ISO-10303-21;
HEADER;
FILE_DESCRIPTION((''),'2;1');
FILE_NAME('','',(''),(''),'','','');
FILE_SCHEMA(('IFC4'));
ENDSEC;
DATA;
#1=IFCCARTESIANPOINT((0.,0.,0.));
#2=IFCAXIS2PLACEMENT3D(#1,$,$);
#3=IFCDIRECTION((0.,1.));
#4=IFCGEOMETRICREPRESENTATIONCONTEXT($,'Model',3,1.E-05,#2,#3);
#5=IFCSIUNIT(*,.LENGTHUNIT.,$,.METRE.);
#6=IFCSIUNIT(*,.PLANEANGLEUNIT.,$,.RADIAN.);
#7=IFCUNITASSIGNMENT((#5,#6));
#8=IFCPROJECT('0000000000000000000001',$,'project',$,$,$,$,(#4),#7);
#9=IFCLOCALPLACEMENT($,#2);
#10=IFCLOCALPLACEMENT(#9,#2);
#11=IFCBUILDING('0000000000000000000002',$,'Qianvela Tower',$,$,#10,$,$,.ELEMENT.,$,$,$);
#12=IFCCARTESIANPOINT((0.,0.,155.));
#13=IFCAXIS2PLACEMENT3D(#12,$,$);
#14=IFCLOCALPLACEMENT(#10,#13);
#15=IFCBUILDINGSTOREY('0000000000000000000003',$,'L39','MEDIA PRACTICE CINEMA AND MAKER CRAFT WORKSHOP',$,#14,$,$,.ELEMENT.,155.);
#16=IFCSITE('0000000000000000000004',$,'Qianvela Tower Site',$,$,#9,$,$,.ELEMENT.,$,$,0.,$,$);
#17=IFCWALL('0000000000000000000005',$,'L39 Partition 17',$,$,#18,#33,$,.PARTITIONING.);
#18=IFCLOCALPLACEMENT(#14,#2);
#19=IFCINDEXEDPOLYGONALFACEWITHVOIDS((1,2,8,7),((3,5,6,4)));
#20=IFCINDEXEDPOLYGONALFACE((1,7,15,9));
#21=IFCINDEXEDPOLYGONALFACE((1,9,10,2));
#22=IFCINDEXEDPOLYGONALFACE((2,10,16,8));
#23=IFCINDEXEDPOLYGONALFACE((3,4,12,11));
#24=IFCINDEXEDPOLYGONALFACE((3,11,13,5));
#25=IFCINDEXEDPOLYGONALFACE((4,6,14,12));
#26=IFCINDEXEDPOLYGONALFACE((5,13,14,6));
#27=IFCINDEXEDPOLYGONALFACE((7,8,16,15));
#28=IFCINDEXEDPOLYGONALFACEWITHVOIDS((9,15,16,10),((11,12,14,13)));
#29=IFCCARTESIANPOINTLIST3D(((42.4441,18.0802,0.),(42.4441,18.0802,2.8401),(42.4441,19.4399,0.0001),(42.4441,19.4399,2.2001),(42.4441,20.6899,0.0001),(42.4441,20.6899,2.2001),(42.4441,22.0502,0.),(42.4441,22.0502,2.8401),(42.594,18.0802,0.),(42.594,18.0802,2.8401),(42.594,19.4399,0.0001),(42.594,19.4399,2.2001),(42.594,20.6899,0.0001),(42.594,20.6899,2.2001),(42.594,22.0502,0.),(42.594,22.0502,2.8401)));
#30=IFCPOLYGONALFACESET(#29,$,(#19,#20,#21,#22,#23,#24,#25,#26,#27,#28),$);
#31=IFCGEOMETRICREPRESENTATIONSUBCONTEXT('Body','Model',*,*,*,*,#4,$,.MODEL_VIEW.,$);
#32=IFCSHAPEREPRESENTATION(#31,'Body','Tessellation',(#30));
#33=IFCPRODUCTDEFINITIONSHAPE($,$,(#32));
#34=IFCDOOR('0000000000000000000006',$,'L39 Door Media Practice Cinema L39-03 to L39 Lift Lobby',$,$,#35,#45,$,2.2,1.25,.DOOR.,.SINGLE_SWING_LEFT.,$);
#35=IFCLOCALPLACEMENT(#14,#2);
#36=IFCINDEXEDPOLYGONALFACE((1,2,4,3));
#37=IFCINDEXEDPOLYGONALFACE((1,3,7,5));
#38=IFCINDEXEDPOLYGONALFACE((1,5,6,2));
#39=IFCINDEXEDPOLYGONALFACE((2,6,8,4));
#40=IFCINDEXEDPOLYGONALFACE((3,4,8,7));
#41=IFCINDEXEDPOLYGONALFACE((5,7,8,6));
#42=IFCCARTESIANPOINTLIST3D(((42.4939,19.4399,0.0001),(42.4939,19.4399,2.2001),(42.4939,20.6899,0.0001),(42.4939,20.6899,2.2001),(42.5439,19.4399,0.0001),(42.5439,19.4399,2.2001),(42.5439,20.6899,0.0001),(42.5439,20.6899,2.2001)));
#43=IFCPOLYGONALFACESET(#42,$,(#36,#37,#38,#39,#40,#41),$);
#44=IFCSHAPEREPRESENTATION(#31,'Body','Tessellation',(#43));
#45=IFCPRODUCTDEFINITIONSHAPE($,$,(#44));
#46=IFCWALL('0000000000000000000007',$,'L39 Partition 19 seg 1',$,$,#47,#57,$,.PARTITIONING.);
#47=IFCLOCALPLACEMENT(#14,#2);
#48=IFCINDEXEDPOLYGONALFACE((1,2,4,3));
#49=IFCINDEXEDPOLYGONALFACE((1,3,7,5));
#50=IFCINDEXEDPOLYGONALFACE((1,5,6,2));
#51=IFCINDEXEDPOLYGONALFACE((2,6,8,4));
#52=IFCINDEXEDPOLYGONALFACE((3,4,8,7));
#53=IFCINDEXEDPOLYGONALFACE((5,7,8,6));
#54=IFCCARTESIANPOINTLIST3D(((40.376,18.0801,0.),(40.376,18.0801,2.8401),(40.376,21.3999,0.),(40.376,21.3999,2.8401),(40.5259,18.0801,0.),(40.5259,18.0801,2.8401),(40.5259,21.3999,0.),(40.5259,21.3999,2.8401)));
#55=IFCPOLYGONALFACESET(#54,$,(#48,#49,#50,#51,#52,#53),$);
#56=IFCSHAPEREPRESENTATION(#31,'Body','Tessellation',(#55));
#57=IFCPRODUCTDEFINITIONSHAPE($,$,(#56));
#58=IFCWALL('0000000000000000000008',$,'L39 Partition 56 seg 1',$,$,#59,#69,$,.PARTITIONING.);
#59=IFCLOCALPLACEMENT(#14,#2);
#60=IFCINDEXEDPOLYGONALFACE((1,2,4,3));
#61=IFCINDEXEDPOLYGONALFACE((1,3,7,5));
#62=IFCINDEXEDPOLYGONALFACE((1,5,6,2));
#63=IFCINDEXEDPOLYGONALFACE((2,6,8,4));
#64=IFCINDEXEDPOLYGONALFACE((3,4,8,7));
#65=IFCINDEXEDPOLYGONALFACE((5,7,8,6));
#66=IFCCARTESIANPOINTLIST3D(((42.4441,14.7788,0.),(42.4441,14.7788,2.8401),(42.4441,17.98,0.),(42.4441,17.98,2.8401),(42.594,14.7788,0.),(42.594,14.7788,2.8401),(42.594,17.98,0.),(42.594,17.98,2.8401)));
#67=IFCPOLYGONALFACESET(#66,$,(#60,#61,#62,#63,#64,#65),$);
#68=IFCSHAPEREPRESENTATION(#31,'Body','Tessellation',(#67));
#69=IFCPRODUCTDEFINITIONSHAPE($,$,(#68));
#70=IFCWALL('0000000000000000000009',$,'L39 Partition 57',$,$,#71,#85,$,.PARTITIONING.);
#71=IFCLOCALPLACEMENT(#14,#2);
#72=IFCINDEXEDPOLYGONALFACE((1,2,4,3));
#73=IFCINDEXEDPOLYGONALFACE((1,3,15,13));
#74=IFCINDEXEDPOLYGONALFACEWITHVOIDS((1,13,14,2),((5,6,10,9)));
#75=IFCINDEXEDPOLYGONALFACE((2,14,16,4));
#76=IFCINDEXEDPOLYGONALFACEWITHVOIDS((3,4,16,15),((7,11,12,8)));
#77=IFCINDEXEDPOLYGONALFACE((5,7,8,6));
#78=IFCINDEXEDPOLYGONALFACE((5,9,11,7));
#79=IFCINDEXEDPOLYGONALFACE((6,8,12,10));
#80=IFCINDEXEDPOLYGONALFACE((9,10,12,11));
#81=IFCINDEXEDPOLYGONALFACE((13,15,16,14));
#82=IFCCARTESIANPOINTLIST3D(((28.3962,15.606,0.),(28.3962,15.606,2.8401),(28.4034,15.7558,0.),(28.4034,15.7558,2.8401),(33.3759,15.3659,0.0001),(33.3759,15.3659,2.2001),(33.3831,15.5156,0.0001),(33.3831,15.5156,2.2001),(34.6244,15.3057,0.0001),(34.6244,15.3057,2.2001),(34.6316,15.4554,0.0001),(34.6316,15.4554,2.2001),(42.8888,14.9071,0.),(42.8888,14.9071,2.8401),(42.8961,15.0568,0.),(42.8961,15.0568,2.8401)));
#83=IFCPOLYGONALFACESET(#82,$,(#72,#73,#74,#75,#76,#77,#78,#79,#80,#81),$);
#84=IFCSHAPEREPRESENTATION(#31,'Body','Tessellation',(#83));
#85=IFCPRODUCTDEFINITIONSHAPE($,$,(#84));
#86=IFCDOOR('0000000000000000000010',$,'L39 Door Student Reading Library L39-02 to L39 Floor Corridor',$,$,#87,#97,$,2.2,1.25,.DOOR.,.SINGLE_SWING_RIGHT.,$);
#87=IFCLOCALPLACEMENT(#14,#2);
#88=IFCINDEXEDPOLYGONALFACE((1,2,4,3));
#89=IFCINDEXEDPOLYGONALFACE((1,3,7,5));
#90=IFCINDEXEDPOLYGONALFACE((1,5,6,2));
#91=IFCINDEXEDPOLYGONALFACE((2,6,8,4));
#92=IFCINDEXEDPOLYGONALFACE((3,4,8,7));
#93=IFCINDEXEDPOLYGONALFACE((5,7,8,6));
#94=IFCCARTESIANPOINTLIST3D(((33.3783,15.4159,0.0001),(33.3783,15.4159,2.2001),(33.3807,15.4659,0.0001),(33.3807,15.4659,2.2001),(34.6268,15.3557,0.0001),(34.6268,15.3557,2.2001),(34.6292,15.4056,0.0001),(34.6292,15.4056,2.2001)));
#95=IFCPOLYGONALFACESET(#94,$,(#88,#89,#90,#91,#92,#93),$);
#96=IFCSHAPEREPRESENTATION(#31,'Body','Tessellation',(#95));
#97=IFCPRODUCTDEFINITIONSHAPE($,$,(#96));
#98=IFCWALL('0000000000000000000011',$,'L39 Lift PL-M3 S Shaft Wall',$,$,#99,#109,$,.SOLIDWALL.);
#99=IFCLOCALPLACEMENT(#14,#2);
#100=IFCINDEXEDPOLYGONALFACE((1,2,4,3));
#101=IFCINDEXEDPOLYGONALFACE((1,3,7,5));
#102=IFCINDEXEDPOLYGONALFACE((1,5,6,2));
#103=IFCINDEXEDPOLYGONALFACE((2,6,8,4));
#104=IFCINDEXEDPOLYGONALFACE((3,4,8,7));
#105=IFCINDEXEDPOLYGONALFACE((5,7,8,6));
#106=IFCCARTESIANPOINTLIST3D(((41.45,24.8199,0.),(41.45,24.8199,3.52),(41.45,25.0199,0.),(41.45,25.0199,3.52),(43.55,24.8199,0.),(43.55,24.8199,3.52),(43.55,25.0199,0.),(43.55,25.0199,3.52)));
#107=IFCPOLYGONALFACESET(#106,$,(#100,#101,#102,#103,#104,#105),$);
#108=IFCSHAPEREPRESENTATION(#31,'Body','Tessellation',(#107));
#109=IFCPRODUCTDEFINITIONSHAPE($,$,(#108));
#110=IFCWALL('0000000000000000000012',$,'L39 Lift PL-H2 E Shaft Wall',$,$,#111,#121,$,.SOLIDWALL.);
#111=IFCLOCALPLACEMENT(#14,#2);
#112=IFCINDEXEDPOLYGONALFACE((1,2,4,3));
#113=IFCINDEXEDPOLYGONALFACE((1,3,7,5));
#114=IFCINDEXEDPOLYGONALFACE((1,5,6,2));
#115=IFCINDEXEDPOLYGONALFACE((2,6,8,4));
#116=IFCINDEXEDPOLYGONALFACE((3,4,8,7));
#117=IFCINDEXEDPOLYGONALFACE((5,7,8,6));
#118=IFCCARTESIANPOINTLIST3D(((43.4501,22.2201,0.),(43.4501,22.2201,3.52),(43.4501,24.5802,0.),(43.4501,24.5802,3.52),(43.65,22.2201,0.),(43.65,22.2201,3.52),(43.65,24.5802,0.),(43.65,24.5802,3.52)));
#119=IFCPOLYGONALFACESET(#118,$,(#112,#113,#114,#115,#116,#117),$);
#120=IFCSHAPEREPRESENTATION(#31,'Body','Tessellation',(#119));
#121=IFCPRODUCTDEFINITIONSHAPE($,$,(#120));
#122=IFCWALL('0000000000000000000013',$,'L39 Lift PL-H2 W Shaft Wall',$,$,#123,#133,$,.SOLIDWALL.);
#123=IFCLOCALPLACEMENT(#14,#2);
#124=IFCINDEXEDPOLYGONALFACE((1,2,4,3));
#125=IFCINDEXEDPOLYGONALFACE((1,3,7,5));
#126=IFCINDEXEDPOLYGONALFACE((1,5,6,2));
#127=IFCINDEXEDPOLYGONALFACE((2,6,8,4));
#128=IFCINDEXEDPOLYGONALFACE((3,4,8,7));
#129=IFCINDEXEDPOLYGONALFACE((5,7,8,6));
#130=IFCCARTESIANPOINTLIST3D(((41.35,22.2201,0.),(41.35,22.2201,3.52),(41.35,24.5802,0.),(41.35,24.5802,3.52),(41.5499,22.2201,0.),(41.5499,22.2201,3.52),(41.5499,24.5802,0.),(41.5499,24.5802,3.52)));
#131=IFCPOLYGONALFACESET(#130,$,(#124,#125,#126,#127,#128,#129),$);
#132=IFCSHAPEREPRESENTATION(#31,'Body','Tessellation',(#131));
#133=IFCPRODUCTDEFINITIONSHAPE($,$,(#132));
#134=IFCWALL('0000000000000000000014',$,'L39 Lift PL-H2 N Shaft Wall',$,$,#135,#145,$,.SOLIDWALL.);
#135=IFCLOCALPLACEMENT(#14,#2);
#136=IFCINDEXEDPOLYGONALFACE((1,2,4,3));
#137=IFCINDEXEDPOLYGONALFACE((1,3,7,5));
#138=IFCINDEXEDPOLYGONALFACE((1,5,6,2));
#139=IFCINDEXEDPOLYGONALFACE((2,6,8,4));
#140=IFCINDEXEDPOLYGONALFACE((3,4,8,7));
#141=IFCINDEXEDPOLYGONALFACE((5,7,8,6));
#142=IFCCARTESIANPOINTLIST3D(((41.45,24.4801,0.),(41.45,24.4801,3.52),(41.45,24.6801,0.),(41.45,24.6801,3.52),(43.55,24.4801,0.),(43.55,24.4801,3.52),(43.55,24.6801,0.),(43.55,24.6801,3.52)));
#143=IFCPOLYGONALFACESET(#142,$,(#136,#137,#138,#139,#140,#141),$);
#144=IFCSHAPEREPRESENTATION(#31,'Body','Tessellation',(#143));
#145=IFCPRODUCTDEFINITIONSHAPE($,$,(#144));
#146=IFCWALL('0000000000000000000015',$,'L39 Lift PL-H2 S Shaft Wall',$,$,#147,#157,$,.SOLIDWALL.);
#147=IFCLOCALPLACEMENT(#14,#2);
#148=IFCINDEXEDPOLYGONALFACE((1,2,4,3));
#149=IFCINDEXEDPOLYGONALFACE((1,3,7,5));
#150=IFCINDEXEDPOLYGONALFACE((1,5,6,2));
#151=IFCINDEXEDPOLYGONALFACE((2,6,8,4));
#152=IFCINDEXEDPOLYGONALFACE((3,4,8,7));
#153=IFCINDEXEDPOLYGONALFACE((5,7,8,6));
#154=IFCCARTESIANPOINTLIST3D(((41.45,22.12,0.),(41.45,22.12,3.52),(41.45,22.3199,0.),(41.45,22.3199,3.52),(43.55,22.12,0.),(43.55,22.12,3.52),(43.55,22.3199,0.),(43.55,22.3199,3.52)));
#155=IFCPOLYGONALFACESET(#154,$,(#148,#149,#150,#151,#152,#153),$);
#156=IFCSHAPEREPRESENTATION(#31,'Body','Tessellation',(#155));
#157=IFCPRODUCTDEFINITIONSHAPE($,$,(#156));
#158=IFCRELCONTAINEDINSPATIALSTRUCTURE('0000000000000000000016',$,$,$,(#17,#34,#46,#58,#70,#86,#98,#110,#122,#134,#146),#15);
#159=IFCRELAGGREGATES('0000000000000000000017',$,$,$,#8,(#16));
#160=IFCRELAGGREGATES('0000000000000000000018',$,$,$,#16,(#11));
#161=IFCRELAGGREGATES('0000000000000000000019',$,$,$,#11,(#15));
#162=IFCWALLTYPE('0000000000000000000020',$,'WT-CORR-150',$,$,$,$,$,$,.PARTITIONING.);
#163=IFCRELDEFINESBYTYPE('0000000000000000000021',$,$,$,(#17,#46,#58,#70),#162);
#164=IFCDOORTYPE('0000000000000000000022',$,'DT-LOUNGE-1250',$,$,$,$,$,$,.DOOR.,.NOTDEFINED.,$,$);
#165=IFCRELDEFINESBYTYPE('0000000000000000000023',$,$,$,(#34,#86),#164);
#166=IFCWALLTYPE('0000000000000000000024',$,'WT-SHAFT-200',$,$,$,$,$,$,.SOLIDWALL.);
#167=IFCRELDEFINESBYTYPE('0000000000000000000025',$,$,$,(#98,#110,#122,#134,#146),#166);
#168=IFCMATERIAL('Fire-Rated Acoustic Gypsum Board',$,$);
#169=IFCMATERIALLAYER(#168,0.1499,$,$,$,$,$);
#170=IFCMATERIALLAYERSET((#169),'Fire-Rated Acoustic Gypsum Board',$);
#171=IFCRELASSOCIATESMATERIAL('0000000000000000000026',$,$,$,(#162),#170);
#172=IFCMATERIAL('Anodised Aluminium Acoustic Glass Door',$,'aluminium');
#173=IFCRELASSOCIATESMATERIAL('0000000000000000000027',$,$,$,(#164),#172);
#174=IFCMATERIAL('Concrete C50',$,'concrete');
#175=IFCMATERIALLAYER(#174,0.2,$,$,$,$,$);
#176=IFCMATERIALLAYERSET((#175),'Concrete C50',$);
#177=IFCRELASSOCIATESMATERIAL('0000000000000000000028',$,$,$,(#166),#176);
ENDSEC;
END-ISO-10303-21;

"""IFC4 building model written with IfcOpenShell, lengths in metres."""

from ifc_helpers import new_model, si_unit, direction, frame, frame_2d, origin, place, context, subcontext, project, spatial, rectangle, extrude, material, layer, layer_set, type_object, element, fill, save


model = new_model("IFC4")

# Units and contexts
model_context = context("Model", 3, precision=1e-05, world=origin(), true_north=direction((0.0, 1.0)))
body_context = subcontext(model_context, "Body", "Model", "MODEL_VIEW")
ifc_project = project(units=[si_unit("LENGTHUNIT", "METRE"), si_unit("PLANEANGLEUNIT", "RADIAN")], contexts=[model_context])

# Site, building, storey
site_placement = place(None, origin())
site = spatial("IfcSite", under=ifc_project, at=site_placement, Name="Qianvela Tower Site", CompositionType="ELEMENT", RefElevation=0.0)
building_placement = place(site_placement, origin())
building = spatial("IfcBuilding", under=site, at=building_placement, Name="Qianvela Tower", CompositionType="ELEMENT")
storey_placement = place(building_placement, frame((0.0, 0.0, 155.0)))
storey = spatial("IfcBuildingStorey", under=building, at=storey_placement, Name="L39", Description="MEDIA PRACTICE CINEMA AND MAKER CRAFT WORKSHOP", CompositionType="ELEMENT", Elevation=155.0)

# Shared definitions
ifc_material_1 = material(Name="Fire-Rated Acoustic Gypsum Board")
ifc_layer_1 = layer(ifc_material_1, 0.1499)
ifc_layer_set_1 = layer_set([ifc_layer_1], Name="Fire-Rated Acoustic Gypsum Board")
wall_type_1 = type_object("IfcWallType", Name="WT-CORR-150", PredefinedType="PARTITIONING", material=ifc_layer_set_1)

# Wall, opening, door
wall_1_placement = place(storey_placement, frame((42.519, 22.05, 0.0), z_axis=(0.0, 0.0, 1.0), x_axis=(0.0, -1.0, 0.0)))
wall_1 = element("IfcWall", 1, at=wall_1_placement, inside=storey, type_object=wall_type_1, Name="L39 Partition 17", PredefinedType="PARTITIONING", context=body_context, shape_type="SweptSolid", body=[
    extrude(rectangle(XDim=3.97, YDim=0.1499, at=frame_2d((1.9849, 0.0))), origin(), (0.0, 0.0, 1.0), 2.8401),
])
opening_1_placement = place(wall_1_placement, frame((1.3601, 0.0, 0.0)))
opening_1 = element("IfcOpeningElement", 2, at=opening_1_placement, cuts=wall_1, PredefinedType="OPENING", context=body_context, shape_type="SweptSolid", body=[
    extrude(rectangle(XDim=1.25, YDim=2.2, at=frame_2d((0.625, 1.1001))), frame((0.0, 0.085, 0.0), z_axis=(0.0, -1.0, 0.0), x_axis=(1.0, 0.0, 0.0)), (0.0, 0.0, 1.0), 0.1699),
])
ifc_material_2 = material(Name="Anodised Aluminium Acoustic Glass Door", Category="aluminium")
door_type_1 = type_object("IfcDoorType", Name="DT-LOUNGE-1250", OperationType="NOTDEFINED", PredefinedType="DOOR", material=ifc_material_2)
door_1_placement = place(opening_1_placement, origin())
door_1 = element("IfcDoor", 3, at=door_1_placement, inside=storey, type_object=door_type_1, Name="L39 Door Media Practice Cinema L39-03 to L39 Lift Lobby", OperationType="SINGLE_SWING_LEFT", OverallHeight=2.2, OverallWidth=1.25, PredefinedType="DOOR", context=body_context, shape_type="SweptSolid", body=[
    extrude(rectangle(XDim=1.25, YDim=2.2, at=frame_2d((0.625, 1.1001))), frame((0.0, 0.0249, 0.0), z_axis=(0.0, -1.0, 0.0), x_axis=(1.0, 0.0, 0.0)), (0.0, 0.0, 1.0), 0.05),
])
fill(opening_1, door_1)

# Walls
wall_2_placement = place(storey_placement, frame((40.4509, 18.0801, 0.0), z_axis=(0.0, 0.0, 1.0), x_axis=(0.0, 1.0, 0.0)))
element("IfcWall", 4, at=wall_2_placement, inside=storey, type_object=wall_type_1, Name="L39 Partition 19 seg 1", PredefinedType="PARTITIONING", context=body_context, shape_type="SweptSolid", body=[
    extrude(rectangle(XDim=3.3198, YDim=0.1499, at=frame_2d((1.6599, 0.0))), origin(), (0.0, 0.0, 1.0), 2.8401),
])
wall_3_placement = place(storey_placement, frame((42.519, 17.98, 0.0), z_axis=(0.0, 0.0, 1.0), x_axis=(0.0, -1.0, 0.0)))
element("IfcWall", 5, at=wall_3_placement, inside=storey, type_object=wall_type_1, Name="L39 Partition 56 seg 1", PredefinedType="PARTITIONING", context=body_context, shape_type="SweptSolid", body=[
    extrude(rectangle(XDim=3.2012, YDim=0.1499, at=frame_2d((1.6006, 0.0))), origin(), (0.0, 0.0, 1.0), 2.8401),
])

# Wall, opening, door
wall_4_placement = place(storey_placement, frame((42.8926, 14.9819, 0.0), z_axis=(0.0, 0.0, 1.0), x_axis=(-0.998839, 0.048174, 0.0)))
wall_4 = element("IfcWall", 6, at=wall_4_placement, inside=storey, type_object=wall_type_1, Name="L39 Partition 57", PredefinedType="PARTITIONING", context=body_context, shape_type="SweptSolid", body=[
    extrude(rectangle(XDim=14.5095, YDim=0.1499, at=frame_2d((7.2549, 0.0))), origin(), (0.0, 0.0, 1.0), 2.8401),
])
opening_2_placement = place(wall_4_placement, frame((8.2742, 0.0, 0.0)))
opening_2 = element("IfcOpeningElement", 7, at=opening_2_placement, cuts=wall_4, PredefinedType="OPENING", context=body_context, shape_type="SweptSolid", body=[
    extrude(rectangle(XDim=1.25, YDim=2.2, at=frame_2d((0.625, 1.1001))), frame((0.0, 0.085, 0.0), z_axis=(0.0, -1.0, 0.0), x_axis=(1.0, 0.0, 0.0)), (0.0, 0.0, 1.0), 0.1699),
])
door_2_placement = place(opening_2_placement, origin())
door_2 = element("IfcDoor", 8, at=door_2_placement, inside=storey, type_object=door_type_1, Name="L39 Door Student Reading Library L39-02 to L39 Floor Corridor", OperationType="SINGLE_SWING_RIGHT", OverallHeight=2.2, OverallWidth=1.25, PredefinedType="DOOR", context=body_context, shape_type="SweptSolid", body=[
    extrude(rectangle(XDim=1.25, YDim=2.2, at=frame_2d((0.625, 1.1001))), frame((0.0, 0.0249, 0.0), z_axis=(0.0, -1.0, 0.0), x_axis=(1.0, 0.0, 0.0)), (0.0, 0.0, 1.0), 0.05),
])
fill(opening_2, door_2)
ifc_material_3 = material(Name="Concrete C50", Category="concrete")
ifc_layer_2 = layer(ifc_material_3, 0.2)
ifc_layer_set_2 = layer_set([ifc_layer_2], Name="Concrete C50")
wall_type_2 = type_object("IfcWallType", Name="WT-SHAFT-200", PredefinedType="SOLIDWALL", material=ifc_layer_set_2)

# Walls
wall_5_placement = place(storey_placement, frame((41.45, 24.9199, 0.0), z_axis=(0.0, 0.0, 1.0), x_axis=(1.0, 0.0, 0.0)))
element("IfcWall", 9, at=wall_5_placement, inside=storey, type_object=wall_type_2, Name="L39 Lift PL-M3 S Shaft Wall", PredefinedType="SOLIDWALL", context=body_context, shape_type="SweptSolid", body=[
    extrude(rectangle(XDim=2.1001, YDim=0.2, at=frame_2d((1.05, 0.0))), origin(), (0.0, 0.0, 1.0), 3.52),
])
for number, where, z_axis, x_axis, name in (
    (10, (43.55, 22.22, 0.0), (0.0, 0.0, 1.0), (0.0, 1.0, 0.0), "L39 Lift PL-H2 E Shaft Wall"),
    (11, (41.45, 22.22, 0.0), (0.0, 0.0, 1.0), (0.0, 1.0, 0.0), "L39 Lift PL-H2 W Shaft Wall"),
):
    element("IfcWall", number, at=place(storey_placement, frame(where, z_axis=z_axis, x_axis=x_axis)), inside=storey, type_object=wall_type_2, Name=name, PredefinedType="SOLIDWALL", context=body_context, shape_type="SweptSolid", body=[
        extrude(rectangle(XDim=2.3601, YDim=0.2, at=frame_2d((1.1802, 0.0))), origin(), (0.0, 0.0, 1.0), 3.52),
    ])
for number, where, z_axis, x_axis, name in (
    (12, (41.45, 24.5801, 0.0), (0.0, 0.0, 1.0), (1.0, 0.0, 0.0), "L39 Lift PL-H2 N Shaft Wall"),
    (13, (41.45, 22.22, 0.0), (0.0, 0.0, 1.0), (1.0, 0.0, 0.0), "L39 Lift PL-H2 S Shaft Wall"),
):
    element("IfcWall", number, at=place(storey_placement, frame(where, z_axis=z_axis, x_axis=x_axis)), inside=storey, type_object=wall_type_2, Name=name, PredefinedType="SOLIDWALL", context=body_context, shape_type="SweptSolid", body=[
        extrude(rectangle(XDim=2.1001, YDim=0.2, at=frame_2d((1.05, 0.0))), origin(), (0.0, 0.0, 1.0), 3.52),
    ])

save(model, "model.ifc")
